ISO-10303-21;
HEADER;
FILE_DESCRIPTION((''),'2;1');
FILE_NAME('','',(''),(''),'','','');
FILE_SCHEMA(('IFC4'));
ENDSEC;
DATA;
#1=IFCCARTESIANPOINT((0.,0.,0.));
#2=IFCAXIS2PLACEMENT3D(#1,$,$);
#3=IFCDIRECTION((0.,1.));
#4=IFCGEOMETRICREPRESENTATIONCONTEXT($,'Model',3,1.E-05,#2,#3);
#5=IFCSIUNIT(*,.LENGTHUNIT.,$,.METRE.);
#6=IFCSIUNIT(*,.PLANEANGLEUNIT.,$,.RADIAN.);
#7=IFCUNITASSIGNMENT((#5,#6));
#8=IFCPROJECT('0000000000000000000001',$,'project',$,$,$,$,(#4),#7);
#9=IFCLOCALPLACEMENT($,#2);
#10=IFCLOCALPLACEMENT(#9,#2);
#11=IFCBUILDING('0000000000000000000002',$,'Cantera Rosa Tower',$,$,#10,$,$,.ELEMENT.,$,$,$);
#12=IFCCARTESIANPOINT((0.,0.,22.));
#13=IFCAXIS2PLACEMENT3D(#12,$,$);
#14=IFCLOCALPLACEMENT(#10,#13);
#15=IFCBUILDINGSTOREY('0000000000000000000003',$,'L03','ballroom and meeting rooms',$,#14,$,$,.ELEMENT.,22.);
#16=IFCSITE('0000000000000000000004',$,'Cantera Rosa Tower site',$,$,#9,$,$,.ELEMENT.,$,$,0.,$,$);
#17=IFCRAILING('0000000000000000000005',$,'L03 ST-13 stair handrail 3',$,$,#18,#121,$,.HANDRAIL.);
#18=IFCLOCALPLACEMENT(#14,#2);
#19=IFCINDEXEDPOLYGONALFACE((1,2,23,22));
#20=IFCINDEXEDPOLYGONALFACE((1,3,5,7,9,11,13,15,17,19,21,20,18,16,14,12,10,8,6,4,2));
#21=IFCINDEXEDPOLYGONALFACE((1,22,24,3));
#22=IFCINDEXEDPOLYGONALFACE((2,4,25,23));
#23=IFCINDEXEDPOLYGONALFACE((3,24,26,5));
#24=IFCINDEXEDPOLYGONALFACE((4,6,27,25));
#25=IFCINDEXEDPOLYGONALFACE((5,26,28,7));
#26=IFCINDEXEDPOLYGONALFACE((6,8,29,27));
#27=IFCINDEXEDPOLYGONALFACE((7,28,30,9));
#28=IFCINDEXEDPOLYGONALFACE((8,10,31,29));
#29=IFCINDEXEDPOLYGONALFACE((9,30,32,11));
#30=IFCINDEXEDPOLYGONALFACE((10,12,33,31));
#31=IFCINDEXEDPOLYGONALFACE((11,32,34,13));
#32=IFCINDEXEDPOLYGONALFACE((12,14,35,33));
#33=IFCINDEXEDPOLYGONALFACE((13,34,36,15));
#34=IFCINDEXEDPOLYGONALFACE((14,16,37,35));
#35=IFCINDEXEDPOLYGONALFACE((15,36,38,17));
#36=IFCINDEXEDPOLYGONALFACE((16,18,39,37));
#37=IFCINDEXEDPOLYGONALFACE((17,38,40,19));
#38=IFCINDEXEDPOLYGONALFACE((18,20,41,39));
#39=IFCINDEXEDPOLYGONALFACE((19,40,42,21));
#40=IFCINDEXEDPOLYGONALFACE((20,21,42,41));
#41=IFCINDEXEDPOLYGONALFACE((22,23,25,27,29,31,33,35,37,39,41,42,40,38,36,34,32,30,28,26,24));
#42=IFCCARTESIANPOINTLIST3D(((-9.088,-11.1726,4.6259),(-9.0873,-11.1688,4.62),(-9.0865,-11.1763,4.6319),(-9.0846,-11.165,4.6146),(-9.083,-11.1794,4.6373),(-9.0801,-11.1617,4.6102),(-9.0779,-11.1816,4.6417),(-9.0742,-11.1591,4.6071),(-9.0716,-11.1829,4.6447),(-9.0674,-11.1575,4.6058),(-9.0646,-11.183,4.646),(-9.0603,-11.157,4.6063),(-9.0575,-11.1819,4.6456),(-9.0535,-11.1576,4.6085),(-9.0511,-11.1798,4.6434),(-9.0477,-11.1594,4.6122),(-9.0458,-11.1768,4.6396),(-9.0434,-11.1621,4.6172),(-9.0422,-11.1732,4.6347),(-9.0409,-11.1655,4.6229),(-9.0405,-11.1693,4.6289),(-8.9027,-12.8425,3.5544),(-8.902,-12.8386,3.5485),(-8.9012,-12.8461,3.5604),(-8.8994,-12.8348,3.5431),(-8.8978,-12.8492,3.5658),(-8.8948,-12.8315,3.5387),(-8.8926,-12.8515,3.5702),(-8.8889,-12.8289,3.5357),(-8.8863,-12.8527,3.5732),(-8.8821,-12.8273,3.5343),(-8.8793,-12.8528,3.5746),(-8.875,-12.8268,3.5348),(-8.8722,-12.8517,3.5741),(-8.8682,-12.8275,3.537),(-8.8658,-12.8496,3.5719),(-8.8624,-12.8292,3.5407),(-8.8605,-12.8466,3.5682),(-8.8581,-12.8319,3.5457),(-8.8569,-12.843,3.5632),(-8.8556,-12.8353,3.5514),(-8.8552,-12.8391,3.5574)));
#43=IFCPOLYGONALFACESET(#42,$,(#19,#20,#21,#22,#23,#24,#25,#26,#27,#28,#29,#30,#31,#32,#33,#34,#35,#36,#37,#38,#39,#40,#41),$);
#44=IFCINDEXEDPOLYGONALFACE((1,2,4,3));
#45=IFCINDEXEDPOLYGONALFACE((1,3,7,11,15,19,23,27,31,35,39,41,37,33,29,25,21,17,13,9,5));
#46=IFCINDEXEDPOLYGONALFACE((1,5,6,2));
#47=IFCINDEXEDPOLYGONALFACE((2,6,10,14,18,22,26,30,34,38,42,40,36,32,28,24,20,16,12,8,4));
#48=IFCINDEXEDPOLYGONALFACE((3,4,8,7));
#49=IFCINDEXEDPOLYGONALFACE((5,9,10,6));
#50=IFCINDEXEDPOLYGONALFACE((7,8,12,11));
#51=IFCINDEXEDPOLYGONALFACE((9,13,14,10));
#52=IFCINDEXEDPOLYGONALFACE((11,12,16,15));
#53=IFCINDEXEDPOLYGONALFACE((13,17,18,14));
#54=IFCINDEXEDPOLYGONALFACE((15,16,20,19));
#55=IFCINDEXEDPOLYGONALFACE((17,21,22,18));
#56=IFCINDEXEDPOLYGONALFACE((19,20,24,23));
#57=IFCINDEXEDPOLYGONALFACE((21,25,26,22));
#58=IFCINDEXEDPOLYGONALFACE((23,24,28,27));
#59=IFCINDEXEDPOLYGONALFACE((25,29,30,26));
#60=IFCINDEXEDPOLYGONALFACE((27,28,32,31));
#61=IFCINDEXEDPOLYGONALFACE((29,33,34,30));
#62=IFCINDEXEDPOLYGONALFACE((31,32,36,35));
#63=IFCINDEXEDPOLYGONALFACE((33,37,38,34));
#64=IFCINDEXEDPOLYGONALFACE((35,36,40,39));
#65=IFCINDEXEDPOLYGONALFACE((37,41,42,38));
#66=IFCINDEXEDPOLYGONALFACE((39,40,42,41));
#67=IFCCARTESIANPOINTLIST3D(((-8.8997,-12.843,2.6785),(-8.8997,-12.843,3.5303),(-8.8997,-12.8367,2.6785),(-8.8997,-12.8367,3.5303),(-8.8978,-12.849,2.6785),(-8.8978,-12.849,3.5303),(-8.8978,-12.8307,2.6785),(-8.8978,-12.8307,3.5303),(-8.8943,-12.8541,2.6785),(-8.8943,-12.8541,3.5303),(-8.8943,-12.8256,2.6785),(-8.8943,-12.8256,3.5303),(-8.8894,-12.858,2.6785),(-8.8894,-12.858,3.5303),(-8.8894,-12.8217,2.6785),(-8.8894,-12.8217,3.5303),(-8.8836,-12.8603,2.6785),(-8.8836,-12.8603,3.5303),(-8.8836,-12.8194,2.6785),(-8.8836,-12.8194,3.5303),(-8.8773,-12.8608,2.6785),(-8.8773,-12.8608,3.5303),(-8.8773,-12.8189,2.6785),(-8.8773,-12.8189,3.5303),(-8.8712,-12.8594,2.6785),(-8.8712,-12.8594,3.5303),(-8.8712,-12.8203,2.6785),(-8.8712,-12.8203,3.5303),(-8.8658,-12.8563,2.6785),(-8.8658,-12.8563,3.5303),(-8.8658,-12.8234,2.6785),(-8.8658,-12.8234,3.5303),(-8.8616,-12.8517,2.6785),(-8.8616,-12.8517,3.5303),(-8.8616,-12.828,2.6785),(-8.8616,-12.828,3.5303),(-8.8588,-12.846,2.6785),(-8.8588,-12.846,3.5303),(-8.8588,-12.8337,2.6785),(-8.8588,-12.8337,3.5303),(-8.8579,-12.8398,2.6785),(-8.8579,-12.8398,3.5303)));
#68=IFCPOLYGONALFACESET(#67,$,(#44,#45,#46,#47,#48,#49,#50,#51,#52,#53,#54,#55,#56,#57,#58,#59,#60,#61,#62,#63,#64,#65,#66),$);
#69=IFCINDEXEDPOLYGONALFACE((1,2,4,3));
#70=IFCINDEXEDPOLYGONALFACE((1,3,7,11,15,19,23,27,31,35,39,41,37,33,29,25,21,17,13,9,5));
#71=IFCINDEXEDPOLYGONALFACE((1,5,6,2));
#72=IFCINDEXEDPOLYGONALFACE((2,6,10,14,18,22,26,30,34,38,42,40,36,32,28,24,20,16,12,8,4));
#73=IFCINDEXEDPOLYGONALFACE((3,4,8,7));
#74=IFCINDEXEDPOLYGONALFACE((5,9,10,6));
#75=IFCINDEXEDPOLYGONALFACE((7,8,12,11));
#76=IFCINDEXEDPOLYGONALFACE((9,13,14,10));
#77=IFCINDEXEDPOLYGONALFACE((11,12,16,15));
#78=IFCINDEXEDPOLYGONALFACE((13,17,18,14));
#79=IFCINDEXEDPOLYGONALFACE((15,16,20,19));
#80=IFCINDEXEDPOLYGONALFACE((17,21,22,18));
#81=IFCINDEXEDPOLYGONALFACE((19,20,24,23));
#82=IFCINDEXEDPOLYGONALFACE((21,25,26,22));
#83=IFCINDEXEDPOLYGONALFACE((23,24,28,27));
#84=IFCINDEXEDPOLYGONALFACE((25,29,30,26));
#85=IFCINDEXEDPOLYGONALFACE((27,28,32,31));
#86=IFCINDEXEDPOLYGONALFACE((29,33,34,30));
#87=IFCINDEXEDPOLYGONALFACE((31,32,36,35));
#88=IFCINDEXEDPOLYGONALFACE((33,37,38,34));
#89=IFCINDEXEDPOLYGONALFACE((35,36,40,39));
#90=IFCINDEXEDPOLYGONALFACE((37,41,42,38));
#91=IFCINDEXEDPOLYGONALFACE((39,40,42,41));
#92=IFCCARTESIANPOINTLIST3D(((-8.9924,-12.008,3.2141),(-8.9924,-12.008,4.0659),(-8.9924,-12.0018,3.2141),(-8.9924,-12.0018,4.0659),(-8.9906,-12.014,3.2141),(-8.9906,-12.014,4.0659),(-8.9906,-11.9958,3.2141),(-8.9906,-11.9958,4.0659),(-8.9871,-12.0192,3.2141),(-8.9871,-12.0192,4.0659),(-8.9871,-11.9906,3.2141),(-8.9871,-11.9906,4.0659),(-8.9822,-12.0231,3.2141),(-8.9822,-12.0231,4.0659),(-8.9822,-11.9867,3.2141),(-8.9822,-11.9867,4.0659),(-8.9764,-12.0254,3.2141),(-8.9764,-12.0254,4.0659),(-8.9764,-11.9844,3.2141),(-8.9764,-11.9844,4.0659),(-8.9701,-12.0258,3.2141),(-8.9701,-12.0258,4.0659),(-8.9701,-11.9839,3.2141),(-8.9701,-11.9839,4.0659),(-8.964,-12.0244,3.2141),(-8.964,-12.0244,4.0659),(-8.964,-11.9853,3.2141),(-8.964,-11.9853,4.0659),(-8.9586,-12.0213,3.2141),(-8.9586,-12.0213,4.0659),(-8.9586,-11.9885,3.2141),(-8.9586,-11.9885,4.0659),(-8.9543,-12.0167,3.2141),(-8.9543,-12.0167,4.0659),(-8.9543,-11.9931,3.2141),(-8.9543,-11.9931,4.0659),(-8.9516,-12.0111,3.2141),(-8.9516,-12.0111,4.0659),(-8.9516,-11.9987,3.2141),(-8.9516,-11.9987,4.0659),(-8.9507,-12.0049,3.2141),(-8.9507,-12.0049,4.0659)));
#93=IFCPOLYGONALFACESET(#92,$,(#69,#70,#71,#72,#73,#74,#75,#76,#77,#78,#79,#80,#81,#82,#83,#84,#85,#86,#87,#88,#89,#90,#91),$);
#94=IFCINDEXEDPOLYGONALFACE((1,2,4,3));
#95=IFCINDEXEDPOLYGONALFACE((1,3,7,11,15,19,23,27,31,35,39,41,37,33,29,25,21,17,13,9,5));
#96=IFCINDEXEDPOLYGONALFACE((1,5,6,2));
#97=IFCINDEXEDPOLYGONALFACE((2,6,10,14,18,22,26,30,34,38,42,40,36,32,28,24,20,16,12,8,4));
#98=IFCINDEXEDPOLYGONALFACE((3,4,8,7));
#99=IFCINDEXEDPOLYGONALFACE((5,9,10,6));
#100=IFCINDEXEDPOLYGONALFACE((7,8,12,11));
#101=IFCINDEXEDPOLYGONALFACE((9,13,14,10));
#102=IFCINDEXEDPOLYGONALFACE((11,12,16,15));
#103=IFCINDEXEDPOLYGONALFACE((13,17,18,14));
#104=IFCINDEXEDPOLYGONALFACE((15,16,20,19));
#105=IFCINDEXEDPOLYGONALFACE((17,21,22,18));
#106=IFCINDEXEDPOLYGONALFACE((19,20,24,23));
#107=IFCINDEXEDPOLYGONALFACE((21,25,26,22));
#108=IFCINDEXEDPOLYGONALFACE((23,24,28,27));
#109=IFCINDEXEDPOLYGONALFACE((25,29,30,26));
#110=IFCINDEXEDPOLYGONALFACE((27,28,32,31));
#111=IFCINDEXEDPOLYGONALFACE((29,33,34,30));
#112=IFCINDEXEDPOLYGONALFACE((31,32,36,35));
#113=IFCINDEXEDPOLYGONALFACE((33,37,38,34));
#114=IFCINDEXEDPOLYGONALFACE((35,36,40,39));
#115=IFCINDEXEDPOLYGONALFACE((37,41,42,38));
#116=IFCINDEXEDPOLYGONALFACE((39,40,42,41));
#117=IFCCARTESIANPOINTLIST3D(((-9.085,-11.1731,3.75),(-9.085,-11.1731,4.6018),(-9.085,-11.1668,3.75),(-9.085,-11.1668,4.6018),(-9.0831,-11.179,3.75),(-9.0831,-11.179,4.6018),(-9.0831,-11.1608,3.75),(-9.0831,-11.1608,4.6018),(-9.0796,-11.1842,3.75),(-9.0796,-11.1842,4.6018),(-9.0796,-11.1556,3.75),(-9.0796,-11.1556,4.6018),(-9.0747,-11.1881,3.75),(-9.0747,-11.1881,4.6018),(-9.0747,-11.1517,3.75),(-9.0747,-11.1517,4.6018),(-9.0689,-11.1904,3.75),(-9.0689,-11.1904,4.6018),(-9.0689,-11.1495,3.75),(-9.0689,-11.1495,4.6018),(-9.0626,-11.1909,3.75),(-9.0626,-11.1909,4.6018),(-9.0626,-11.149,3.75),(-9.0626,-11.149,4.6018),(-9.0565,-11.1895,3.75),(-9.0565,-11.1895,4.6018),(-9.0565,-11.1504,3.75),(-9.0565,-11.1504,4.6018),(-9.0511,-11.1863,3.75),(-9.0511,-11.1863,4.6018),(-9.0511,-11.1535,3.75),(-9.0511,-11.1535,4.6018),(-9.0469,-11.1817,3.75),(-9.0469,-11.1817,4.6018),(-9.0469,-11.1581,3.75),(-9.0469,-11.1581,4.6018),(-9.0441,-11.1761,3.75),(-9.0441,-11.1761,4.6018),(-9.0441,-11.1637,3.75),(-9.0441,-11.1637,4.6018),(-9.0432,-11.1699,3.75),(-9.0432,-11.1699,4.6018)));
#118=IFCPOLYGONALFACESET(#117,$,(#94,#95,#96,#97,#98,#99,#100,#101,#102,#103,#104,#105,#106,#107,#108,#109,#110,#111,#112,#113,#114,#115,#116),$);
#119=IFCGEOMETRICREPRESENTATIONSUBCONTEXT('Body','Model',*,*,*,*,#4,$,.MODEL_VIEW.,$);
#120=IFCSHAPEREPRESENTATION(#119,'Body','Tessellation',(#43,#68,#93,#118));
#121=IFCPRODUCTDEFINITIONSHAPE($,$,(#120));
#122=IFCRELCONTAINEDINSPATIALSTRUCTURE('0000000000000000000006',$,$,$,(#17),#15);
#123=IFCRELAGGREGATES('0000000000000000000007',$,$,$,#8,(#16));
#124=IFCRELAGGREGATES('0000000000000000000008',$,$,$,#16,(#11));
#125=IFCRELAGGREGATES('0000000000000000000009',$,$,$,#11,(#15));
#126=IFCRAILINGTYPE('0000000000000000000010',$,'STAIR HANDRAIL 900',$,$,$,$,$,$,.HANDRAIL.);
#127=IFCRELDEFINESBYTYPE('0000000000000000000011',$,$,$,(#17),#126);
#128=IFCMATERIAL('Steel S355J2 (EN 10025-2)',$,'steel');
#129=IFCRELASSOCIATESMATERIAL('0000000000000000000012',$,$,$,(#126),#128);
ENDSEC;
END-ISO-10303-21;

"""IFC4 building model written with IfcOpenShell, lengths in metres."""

from ifc_helpers import new_model, si_unit, direction, frame, origin, origin_2d, place, context, subcontext, project, spatial, circle, extrude, material, type_object, element, save


model = new_model("IFC4")

# Units and contexts
model_context = context("Model", 3, precision=1e-05, world=origin(), true_north=direction((0.0, 1.0)))
body_context = subcontext(model_context, "Body", "Model", "MODEL_VIEW")
ifc_project = project(units=[si_unit("LENGTHUNIT", "METRE"), si_unit("PLANEANGLEUNIT", "RADIAN")], contexts=[model_context])

# Site, building, storey
site_placement = place(None, origin())
site = spatial("IfcSite", under=ifc_project, at=site_placement, Name="Cantera Rosa Tower site", CompositionType="ELEMENT", RefElevation=0.0)
building_placement = place(site_placement, origin())
building = spatial("IfcBuilding", under=site, at=building_placement, Name="Cantera Rosa Tower", CompositionType="ELEMENT")
storey_placement = place(building_placement, frame((0.0, 0.0, 22.0)))
storey = spatial("IfcBuildingStorey", under=building, at=storey_placement, Name="L03", Description="ballroom and meeting rooms", CompositionType="ELEMENT", Elevation=22.0)

# Railing
ifc_material_1 = material(Name="Steel S355J2 (EN 10025-2)", Category="steel")
railing_type_1 = type_object("IfcRailingType", Name="STAIR HANDRAIL 900", PredefinedType="HANDRAIL", material=ifc_material_1)
railing_1_placement = place(storey_placement, frame((-8.8789, -12.8398, 2.6785)))
element("IfcRailing", 1, at=railing_1_placement, inside=storey, type_object=railing_type_1, Name="L03 ST-13 stair handrail 3", PredefinedType="HANDRAIL", context=body_context, shape_type="SweptSolid", body=[
    extrude(circle(Radius=0.0239, at=origin_2d()), frame((0.0, 0.0, 0.876), z_axis=(-0.092987, 0.837987, 0.537709), x_axis=(-0.9939, -0.110288, 0.0)), (0.0, 0.0, 1.0), 1.9927),
    extrude(circle(Radius=0.021, at=origin_2d()), origin(), (0.0, 0.0, 1.0), 0.8518),
    extrude(circle(Radius=0.021, at=origin_2d()), frame((-0.0928, 0.835, 0.5356)), (0.0, 0.0, 1.0), 0.8518),
    extrude(circle(Radius=0.021, at=origin_2d()), frame((-0.1853, 1.6699, 1.0715)), (0.0, 0.0, 1.0), 0.8518),
])

save(model, "model.ifc")
